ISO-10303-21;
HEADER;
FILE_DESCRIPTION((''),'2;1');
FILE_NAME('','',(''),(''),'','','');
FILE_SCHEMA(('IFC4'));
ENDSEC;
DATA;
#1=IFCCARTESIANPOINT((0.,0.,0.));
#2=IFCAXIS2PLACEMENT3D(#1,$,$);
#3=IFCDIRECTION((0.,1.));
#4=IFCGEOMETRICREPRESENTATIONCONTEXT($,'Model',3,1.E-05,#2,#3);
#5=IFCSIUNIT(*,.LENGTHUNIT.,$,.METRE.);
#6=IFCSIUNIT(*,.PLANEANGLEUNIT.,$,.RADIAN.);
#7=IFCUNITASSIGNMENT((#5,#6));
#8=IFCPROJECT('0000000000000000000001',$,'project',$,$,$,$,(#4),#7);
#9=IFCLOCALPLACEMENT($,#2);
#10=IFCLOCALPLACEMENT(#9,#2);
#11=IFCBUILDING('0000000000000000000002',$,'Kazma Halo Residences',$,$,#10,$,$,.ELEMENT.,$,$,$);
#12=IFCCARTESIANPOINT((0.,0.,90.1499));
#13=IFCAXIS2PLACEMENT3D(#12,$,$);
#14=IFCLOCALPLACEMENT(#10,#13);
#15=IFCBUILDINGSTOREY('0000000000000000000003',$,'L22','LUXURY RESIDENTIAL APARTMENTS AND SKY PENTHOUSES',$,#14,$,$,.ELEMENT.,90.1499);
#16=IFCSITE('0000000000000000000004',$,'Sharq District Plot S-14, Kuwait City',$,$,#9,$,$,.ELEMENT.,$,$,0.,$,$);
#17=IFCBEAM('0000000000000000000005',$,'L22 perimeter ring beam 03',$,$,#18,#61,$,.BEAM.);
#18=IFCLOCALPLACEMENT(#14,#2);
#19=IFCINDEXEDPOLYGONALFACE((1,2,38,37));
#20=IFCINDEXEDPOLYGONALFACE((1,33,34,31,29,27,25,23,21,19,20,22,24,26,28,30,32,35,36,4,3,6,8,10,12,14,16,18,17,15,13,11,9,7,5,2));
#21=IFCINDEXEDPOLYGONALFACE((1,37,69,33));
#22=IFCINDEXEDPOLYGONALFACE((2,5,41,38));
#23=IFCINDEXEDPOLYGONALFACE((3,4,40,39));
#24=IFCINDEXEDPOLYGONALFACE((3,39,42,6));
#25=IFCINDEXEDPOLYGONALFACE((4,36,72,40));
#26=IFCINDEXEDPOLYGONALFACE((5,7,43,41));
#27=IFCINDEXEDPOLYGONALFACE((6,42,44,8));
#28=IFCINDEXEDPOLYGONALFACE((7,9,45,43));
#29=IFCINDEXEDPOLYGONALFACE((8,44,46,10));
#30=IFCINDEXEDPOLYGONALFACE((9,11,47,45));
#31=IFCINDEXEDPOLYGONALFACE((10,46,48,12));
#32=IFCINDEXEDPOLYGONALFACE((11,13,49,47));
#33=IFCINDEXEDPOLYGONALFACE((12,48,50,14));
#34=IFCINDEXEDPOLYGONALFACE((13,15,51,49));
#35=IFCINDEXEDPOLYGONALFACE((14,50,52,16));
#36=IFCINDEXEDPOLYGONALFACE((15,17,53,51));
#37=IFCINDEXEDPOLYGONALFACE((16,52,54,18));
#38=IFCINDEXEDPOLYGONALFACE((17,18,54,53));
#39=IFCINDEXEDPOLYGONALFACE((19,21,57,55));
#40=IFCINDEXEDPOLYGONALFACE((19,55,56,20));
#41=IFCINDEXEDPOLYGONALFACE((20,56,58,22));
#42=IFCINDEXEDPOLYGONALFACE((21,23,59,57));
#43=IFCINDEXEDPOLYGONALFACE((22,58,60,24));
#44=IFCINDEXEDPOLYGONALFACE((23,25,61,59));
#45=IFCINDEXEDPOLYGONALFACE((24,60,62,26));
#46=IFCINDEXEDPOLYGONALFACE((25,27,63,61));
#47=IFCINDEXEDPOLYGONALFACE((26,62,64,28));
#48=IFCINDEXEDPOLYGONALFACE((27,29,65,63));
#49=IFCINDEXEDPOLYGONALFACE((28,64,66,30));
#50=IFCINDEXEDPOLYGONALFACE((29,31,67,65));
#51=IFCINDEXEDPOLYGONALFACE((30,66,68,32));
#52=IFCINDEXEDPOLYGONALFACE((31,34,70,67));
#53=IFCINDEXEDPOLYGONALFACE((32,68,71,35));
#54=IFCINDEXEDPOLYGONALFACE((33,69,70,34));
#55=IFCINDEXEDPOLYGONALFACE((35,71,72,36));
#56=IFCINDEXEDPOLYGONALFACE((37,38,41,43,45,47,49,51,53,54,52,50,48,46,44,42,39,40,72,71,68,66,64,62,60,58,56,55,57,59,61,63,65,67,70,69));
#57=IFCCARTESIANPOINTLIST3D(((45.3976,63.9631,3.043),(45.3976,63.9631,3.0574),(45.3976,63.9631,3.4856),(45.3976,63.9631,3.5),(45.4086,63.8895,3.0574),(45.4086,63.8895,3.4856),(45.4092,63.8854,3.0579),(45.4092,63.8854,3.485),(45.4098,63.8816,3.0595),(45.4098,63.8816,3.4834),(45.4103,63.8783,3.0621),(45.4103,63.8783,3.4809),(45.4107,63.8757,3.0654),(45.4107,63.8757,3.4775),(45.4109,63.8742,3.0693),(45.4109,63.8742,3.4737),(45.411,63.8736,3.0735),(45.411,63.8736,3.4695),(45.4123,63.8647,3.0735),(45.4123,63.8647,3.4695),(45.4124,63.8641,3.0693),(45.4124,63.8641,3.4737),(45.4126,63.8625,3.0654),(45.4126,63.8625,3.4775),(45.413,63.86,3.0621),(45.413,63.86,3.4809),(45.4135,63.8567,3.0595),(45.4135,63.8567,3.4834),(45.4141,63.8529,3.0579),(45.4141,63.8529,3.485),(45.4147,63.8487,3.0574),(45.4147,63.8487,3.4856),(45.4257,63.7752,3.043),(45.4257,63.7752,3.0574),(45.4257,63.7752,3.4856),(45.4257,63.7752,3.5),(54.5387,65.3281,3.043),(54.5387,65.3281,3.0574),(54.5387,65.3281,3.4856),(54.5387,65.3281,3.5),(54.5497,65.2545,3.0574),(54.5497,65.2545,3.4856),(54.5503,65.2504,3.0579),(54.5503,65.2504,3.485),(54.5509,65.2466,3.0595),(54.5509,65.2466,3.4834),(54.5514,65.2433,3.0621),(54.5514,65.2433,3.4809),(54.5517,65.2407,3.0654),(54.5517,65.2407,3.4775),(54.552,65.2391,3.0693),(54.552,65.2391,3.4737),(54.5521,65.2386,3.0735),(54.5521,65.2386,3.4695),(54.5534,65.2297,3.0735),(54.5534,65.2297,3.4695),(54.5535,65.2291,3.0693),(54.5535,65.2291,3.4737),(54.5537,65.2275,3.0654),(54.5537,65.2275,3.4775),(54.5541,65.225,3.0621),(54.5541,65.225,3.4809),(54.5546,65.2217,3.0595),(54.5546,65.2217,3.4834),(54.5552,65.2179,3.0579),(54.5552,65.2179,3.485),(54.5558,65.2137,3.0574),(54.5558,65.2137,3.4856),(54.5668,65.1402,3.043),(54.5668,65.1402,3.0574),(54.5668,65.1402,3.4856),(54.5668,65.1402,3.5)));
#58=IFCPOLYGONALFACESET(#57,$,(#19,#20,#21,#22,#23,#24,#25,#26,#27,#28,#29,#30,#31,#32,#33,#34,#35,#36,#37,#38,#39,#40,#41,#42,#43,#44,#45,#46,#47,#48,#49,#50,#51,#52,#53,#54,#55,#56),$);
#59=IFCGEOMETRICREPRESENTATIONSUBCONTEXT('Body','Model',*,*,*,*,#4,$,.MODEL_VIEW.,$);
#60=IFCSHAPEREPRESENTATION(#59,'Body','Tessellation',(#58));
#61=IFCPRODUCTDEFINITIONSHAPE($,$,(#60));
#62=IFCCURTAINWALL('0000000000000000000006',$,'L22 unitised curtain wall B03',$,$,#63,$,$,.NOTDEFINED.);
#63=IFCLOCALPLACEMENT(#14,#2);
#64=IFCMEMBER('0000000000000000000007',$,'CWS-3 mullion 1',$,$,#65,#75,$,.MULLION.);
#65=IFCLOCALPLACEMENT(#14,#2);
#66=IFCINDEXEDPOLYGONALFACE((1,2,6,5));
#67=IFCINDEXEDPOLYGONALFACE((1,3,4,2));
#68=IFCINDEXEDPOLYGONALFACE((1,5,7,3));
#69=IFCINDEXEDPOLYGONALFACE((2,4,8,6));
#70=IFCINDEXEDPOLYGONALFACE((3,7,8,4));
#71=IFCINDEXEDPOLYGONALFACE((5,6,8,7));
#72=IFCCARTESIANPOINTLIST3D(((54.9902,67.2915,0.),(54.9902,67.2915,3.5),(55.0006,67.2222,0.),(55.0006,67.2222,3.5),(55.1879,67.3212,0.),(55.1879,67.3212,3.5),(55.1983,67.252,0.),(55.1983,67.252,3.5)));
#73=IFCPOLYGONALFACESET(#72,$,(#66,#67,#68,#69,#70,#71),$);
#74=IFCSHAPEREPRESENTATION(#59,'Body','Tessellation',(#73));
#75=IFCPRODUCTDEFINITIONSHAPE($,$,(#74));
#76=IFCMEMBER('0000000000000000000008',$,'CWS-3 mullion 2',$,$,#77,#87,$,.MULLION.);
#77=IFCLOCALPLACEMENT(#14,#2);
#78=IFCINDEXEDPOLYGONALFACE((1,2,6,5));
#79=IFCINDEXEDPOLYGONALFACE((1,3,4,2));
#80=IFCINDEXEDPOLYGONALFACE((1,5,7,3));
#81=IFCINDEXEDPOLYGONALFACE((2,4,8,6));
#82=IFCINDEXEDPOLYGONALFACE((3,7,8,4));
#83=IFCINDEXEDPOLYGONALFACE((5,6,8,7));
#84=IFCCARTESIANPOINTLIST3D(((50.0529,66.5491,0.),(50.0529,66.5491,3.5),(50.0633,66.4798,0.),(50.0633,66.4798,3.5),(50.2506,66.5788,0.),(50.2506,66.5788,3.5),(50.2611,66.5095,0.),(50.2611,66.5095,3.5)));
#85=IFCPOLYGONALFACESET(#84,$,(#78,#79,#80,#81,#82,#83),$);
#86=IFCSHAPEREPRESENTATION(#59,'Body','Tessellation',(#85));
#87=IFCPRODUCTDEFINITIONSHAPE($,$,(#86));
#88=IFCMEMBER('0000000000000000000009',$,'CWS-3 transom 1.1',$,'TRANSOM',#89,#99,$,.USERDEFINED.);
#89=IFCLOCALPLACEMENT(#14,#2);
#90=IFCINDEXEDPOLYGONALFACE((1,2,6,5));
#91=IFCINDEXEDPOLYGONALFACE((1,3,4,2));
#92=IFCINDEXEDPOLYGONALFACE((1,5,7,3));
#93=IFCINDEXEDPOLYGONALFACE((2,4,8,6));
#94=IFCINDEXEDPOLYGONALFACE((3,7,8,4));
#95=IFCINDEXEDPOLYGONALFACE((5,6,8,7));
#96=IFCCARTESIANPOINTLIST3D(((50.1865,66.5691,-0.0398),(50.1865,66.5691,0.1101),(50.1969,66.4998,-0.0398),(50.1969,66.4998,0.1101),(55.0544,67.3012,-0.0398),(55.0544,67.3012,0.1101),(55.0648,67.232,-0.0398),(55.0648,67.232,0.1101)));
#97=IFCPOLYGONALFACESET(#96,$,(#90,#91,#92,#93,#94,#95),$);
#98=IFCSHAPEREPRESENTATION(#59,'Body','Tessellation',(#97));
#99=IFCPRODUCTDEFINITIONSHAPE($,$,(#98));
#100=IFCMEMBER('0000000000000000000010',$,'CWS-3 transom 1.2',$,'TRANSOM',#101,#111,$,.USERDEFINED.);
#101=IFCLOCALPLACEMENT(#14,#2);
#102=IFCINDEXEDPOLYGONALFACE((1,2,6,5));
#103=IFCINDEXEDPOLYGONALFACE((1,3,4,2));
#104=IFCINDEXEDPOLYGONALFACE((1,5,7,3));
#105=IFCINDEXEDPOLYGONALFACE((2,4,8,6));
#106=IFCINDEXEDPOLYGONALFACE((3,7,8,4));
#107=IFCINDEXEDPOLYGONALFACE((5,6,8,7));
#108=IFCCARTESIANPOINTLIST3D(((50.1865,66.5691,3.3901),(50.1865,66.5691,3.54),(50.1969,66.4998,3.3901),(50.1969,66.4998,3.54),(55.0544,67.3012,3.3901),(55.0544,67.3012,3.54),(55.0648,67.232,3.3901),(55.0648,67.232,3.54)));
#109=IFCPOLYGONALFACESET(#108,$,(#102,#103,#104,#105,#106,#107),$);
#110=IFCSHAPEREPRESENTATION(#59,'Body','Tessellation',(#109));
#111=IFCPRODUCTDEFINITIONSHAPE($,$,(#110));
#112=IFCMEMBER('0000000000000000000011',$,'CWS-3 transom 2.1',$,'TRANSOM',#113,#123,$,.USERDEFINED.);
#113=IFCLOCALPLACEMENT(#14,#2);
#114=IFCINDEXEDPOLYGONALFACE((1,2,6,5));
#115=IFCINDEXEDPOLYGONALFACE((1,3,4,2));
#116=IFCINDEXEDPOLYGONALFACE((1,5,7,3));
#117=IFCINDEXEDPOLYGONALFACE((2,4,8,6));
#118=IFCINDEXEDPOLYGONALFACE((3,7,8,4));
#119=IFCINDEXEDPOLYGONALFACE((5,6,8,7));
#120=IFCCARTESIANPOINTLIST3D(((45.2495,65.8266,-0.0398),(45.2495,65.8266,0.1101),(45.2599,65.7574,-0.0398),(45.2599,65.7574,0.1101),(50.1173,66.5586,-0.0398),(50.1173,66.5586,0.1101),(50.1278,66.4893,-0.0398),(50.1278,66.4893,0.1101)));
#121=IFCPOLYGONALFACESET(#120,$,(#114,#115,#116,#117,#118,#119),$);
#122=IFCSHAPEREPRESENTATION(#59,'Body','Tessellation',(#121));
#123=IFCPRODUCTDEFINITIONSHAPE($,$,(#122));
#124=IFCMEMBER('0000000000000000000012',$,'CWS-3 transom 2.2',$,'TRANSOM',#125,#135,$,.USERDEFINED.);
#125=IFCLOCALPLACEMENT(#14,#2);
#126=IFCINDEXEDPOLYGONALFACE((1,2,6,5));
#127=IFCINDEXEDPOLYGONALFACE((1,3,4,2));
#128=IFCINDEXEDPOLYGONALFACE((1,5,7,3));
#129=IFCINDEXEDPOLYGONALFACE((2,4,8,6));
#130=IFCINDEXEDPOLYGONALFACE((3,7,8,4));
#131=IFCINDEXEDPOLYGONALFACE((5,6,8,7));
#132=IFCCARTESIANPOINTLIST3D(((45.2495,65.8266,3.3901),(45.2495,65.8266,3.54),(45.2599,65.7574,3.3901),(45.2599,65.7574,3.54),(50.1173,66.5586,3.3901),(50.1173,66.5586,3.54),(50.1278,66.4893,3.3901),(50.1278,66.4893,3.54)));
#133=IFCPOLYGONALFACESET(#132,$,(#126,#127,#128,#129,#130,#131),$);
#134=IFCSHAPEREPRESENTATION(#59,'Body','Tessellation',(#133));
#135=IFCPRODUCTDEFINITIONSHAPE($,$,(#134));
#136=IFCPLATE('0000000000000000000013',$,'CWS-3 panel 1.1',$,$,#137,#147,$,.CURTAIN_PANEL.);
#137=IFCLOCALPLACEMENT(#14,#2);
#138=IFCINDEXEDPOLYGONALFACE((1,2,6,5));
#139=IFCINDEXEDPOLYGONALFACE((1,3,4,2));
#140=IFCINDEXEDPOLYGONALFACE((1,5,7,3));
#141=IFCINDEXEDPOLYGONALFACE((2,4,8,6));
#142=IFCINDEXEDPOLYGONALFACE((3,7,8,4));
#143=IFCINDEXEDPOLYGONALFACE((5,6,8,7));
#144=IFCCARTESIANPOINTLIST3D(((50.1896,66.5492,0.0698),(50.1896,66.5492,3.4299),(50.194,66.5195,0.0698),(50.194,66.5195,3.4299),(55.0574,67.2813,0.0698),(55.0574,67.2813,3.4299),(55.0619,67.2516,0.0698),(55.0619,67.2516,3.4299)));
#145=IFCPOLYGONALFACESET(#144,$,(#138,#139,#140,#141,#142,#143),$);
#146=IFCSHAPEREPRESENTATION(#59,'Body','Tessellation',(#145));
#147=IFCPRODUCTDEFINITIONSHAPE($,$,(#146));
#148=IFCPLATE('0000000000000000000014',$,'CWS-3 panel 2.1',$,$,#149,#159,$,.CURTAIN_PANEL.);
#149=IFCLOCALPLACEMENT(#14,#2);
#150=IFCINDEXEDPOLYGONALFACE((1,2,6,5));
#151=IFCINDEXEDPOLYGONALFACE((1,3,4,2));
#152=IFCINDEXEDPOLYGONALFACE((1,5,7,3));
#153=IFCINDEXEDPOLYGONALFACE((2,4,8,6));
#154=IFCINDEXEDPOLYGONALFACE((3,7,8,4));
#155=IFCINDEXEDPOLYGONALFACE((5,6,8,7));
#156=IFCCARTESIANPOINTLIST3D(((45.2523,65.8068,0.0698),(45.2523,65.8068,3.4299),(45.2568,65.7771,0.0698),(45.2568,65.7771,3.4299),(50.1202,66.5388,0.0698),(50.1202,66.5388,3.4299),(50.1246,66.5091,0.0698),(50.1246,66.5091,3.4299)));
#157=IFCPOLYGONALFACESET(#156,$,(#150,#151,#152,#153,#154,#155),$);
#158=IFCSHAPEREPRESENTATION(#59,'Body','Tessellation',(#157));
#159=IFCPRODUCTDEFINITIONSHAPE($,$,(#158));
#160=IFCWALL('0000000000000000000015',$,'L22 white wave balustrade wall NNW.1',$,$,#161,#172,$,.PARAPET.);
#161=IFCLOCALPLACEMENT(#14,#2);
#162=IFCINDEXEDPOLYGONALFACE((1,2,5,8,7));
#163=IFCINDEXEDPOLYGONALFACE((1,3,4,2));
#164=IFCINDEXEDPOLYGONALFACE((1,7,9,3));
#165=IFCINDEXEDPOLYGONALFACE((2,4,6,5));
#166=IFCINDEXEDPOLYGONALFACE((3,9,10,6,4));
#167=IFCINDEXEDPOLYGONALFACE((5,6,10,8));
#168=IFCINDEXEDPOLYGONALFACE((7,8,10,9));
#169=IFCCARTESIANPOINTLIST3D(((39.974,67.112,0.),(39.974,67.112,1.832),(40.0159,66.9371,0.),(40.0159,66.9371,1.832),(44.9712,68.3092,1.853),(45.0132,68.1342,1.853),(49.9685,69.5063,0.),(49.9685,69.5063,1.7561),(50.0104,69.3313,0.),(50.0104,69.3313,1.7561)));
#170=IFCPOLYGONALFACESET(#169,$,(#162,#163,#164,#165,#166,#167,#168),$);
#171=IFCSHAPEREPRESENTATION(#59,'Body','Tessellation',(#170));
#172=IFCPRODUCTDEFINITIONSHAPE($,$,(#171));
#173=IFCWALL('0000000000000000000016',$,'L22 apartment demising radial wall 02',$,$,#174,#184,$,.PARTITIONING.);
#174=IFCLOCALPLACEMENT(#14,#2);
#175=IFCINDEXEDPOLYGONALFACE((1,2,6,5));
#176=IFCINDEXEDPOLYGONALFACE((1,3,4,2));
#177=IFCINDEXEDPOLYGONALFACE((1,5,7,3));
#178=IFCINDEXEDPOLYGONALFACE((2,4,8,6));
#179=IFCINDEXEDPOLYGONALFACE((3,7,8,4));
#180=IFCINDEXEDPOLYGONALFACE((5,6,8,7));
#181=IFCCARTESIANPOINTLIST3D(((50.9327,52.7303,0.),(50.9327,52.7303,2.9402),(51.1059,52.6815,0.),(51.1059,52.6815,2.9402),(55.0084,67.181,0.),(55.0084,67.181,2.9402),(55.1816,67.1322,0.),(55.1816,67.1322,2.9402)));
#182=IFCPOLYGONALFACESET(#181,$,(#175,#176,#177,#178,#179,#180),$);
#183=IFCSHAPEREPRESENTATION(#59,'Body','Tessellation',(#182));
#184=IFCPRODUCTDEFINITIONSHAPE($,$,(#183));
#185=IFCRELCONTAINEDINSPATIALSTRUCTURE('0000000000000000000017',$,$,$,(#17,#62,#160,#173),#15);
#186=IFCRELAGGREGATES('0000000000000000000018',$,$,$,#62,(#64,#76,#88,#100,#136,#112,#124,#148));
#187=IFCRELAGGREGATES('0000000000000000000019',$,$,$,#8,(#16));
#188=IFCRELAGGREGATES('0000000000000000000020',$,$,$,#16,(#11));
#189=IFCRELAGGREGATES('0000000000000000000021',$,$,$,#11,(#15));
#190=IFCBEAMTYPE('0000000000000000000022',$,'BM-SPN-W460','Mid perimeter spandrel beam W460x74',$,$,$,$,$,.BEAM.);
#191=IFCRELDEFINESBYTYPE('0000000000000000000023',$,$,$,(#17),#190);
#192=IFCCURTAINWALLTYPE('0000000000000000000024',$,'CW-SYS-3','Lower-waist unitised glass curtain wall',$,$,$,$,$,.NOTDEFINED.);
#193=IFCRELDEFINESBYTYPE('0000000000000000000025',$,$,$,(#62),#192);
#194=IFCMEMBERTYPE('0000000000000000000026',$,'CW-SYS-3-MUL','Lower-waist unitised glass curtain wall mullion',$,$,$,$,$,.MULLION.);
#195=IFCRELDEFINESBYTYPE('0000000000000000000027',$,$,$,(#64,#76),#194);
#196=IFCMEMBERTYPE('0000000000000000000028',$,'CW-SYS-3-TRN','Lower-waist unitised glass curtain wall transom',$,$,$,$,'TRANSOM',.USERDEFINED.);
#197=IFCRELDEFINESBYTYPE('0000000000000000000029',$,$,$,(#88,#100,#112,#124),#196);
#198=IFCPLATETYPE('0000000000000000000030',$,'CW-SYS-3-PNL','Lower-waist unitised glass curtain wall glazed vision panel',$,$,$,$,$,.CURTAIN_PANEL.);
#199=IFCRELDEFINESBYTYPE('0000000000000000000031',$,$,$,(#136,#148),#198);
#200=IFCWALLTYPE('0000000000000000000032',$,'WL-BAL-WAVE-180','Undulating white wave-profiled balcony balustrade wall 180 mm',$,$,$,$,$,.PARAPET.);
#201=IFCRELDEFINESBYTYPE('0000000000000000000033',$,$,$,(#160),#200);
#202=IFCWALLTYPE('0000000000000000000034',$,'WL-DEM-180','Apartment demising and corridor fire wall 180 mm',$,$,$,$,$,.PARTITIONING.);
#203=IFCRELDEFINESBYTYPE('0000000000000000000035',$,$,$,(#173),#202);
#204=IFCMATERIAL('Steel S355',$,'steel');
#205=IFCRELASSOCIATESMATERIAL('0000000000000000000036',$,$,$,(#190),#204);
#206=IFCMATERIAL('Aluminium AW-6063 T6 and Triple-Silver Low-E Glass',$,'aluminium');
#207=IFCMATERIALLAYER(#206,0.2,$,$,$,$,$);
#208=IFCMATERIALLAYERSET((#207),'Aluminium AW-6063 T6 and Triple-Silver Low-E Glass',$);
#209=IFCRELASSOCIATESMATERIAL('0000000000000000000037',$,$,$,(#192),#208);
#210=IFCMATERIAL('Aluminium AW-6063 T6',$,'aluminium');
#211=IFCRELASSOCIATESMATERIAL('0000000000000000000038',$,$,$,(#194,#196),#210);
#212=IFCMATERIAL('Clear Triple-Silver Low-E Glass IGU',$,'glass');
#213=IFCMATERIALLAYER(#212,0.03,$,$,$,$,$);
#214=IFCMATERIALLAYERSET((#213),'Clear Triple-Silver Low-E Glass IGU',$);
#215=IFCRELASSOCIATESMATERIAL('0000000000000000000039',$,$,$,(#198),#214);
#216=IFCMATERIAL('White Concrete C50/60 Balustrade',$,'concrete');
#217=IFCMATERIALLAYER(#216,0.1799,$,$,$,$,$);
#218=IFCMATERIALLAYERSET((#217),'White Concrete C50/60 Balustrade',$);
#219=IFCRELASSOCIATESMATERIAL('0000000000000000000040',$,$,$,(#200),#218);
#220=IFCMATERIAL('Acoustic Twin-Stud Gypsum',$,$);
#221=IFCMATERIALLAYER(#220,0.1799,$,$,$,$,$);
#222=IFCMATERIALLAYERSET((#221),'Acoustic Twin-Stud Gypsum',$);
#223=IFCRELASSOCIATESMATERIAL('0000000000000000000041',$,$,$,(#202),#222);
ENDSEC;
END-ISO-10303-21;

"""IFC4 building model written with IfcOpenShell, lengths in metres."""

from ifc_helpers import new_model, si_unit, direction, frame, frame_2d, origin, origin_2d, place, context, subcontext, project, spatial, polyline, rectangle, i_section, outline, extrude, material, layer, layer_set, material_profile, profile_set, type_object, element, aggregate, save


model = new_model("IFC4")

# Units and contexts
model_context = context("Model", 3, precision=1e-05, world=origin(), true_north=direction((0.0, 1.0)))
body_context = subcontext(model_context, "Body", "Model", "MODEL_VIEW")
ifc_project = project(units=[si_unit("LENGTHUNIT", "METRE"), si_unit("PLANEANGLEUNIT", "RADIAN")], contexts=[model_context])

# Site, building, storey
site_placement = place(None, origin())
site = spatial("IfcSite", under=ifc_project, at=site_placement, Name="Sharq District Plot S-14, Kuwait City", CompositionType="ELEMENT", RefElevation=0.0)
building_placement = place(site_placement, origin())
building = spatial("IfcBuilding", under=site, at=building_placement, Name="Kazma Halo Residences", CompositionType="ELEMENT")
storey_placement = place(building_placement, frame((0.0, 0.0, 90.1499)))
storey = spatial("IfcBuildingStorey", under=building, at=storey_placement, Name="L22", Description="LUXURY RESIDENTIAL APARTMENTS AND SKY PENTHOUSES", CompositionType="ELEMENT", Elevation=90.1499)

# Beam
ifc_material_1 = material(Name="Steel S355", Category="steel")
ifc_material_profile_1 = material_profile(ifc_material_1, i_section(OverallWidth=0.1899, OverallDepth=0.457, WebThickness=0.009, FlangeThickness=0.0144, FilletRadius=0.0161, at=origin_2d()), Name="W460x74")
ifc_profile_set_1 = profile_set([ifc_material_profile_1], Name="Steel S355")
beam_type_1 = type_object("IfcBeamType", Name="BM-SPN-W460", Description="Mid perimeter spandrel beam W460x74", PredefinedType="BEAM", material=ifc_profile_set_1)
beam_1_placement = place(storey_placement, frame((54.5527, 65.2341, 3.2715), z_axis=(-0.989034, -0.147687, 0.0), x_axis=(0.147687, -0.989034, 0.0)))
element("IfcBeam", 1, at=beam_1_placement, inside=storey, type_object=beam_type_1, Name="L22 perimeter ring beam 03", PredefinedType="BEAM", context=body_context, shape_type="SweptSolid", body=[
    extrude(i_section(OverallWidth=0.1899, OverallDepth=0.457, WebThickness=0.009, FlangeThickness=0.0144, FilletRadius=0.0161, at=origin_2d()), origin(), (0.0, 0.0, 1.0), 9.2424),
])

# Curtain wall, members, plates
ifc_material_2 = material(Name="Aluminium AW-6063 T6 and Triple-Silver Low-E Glass", Category="aluminium")
ifc_layer_1 = layer(ifc_material_2, 0.2)
ifc_layer_set_1 = layer_set([ifc_layer_1], Name="Aluminium AW-6063 T6 and Triple-Silver Low-E Glass")
curtain_wall_type = type_object("IfcCurtainWallType", Name="CW-SYS-3", Description="Lower-waist unitised glass curtain wall", PredefinedType="NOTDEFINED", material=ifc_layer_set_1)
curtain_wall_placement = place(storey_placement, origin())
curtain_wall = element("IfcCurtainWall", 2, at=curtain_wall_placement, inside=storey, type_object=curtain_wall_type, Name="L22 unitised curtain wall B03", PredefinedType="NOTDEFINED")
ifc_material_3 = material(Name="Aluminium AW-6063 T6", Category="aluminium")
ifc_material_profile_2 = material_profile(ifc_material_3, rectangle(XDim=0.0701, YDim=0.2, at=origin_2d()), Name="CWM-70x200")
ifc_profile_set_2 = profile_set([ifc_material_profile_2], Name="Aluminium AW-6063 T6")
member_type_1 = type_object("IfcMemberType", Name="CW-SYS-3-MUL", Description="Lower-waist unitised glass curtain wall mullion", PredefinedType="MULLION", material=ifc_profile_set_2)
member_1_placement = place(storey_placement, frame((55.0942, 67.2717, 0.0), z_axis=(0.0, 0.0, 1.0), x_axis=(0.148717, -0.98888, 0.0)))
member_1 = element("IfcMember", 3, at=member_1_placement, type_object=member_type_1, Name="CWS-3 mullion 1", PredefinedType="MULLION", context=body_context, shape_type="SweptSolid", body=[
    extrude(rectangle(XDim=0.0701, YDim=0.2, at=origin_2d()), origin(), (0.0, 0.0, 1.0), 3.5),
])
member_2_placement = place(storey_placement, frame((50.157, 66.5293, 0.0), z_axis=(0.0, 0.0, 1.0), x_axis=(0.148717, -0.98888, 0.0)))
member_2 = element("IfcMember", 4, at=member_2_placement, type_object=member_type_1, Name="CWS-3 mullion 2", PredefinedType="MULLION", context=body_context, shape_type="SweptSolid", body=[
    extrude(rectangle(XDim=0.0701, YDim=0.2, at=origin_2d()), origin(), (0.0, 0.0, 1.0), 3.5),
])
ifc_material_profile_3 = material_profile(ifc_material_3, rectangle(XDim=0.0701, YDim=0.1499, at=origin_2d()), Name="CWT-70x150")
ifc_profile_set_3 = profile_set([ifc_material_profile_3], Name="Aluminium AW-6063 T6")
member_type_2 = type_object("IfcMemberType", Name="CW-SYS-3-TRN", Description="Lower-waist unitised glass curtain wall transom", ElementType="TRANSOM", PredefinedType="USERDEFINED", material=ifc_profile_set_3)
member_3_placement = place(storey_placement, frame((55.0596, 67.2666, 0.0352), z_axis=(-0.988877, -0.148736, 0.0), x_axis=(0.148736, -0.988877, 0.0)))
member_3 = element("IfcMember", 5, at=member_3_placement, type_object=member_type_2, Name="CWS-3 transom 1.1", ObjectType="TRANSOM", PredefinedType="USERDEFINED", context=body_context, shape_type="SweptSolid", body=[
    extrude(rectangle(XDim=0.0701, YDim=0.1499, at=origin_2d()), origin(), (0.0, 0.0, 1.0), 4.9226),
])
member_4_placement = place(storey_placement, frame((55.0596, 67.2666, 3.4651), z_axis=(-0.988877, -0.148736, 0.0), x_axis=(0.148736, -0.988877, 0.0)))
member_4 = element("IfcMember", 6, at=member_4_placement, type_object=member_type_2, Name="CWS-3 transom 1.2", ObjectType="TRANSOM", PredefinedType="USERDEFINED", context=body_context, shape_type="SweptSolid", body=[
    extrude(rectangle(XDim=0.0701, YDim=0.1499, at=origin_2d()), origin(), (0.0, 0.0, 1.0), 4.9226),
])
member_5_placement = place(storey_placement, frame((50.1226, 66.5239, 0.0352), z_axis=(-0.988884, -0.148687, 0.0), x_axis=(0.148687, -0.988884, 0.0)))
member_5 = element("IfcMember", 7, at=member_5_placement, type_object=member_type_2, Name="CWS-3 transom 2.1", ObjectType="TRANSOM", PredefinedType="USERDEFINED", context=body_context, shape_type="SweptSolid", body=[
    extrude(rectangle(XDim=0.0701, YDim=0.1499, at=origin_2d()), origin(), (0.0, 0.0, 1.0), 4.9226),
])
member_6_placement = place(storey_placement, frame((50.1226, 66.5239, 3.4651), z_axis=(-0.988884, -0.148687, 0.0), x_axis=(0.148687, -0.988884, 0.0)))
member_6 = element("IfcMember", 8, at=member_6_placement, type_object=member_type_2, Name="CWS-3 transom 2.2", ObjectType="TRANSOM", PredefinedType="USERDEFINED", context=body_context, shape_type="SweptSolid", body=[
    extrude(rectangle(XDim=0.0701, YDim=0.1499, at=origin_2d()), origin(), (0.0, 0.0, 1.0), 4.9226),
])
ifc_material_4 = material(Name="Clear Triple-Silver Low-E Glass IGU", Category="glass")
ifc_layer_2 = layer(ifc_material_4, 0.03)
ifc_layer_set_2 = layer_set([ifc_layer_2], Name="Clear Triple-Silver Low-E Glass IGU")
plate_type = type_object("IfcPlateType", Name="CW-SYS-3-PNL", Description="Lower-waist unitised glass curtain wall glazed vision panel", PredefinedType="CURTAIN_PANEL", material=ifc_layer_set_2)
plate_1_placement = place(storey_placement, frame((52.6257, 66.9004, 0.0698), z_axis=(0.0, 0.0, 1.0), x_axis=(-0.98888, -0.148717, 0.0)))
plate_1 = element("IfcPlate", 9, at=plate_1_placement, type_object=plate_type, Name="CWS-3 panel 1.1", PredefinedType="CURTAIN_PANEL", context=body_context, shape_type="SweptSolid", body=[
    extrude(rectangle(XDim=4.9226, YDim=0.03, at=origin_2d()), origin(), (0.0, 0.0, 1.0), 3.3601),
])
plate_2_placement = place(storey_placement, frame((47.6885, 66.158, 0.0698), z_axis=(0.0, 0.0, 1.0), x_axis=(-0.98888, -0.148717, 0.0)))
plate_2 = element("IfcPlate", 10, at=plate_2_placement, type_object=plate_type, Name="CWS-3 panel 2.1", PredefinedType="CURTAIN_PANEL", context=body_context, shape_type="SweptSolid", body=[
    extrude(rectangle(XDim=4.9226, YDim=0.03, at=origin_2d()), origin(), (0.0, 0.0, 1.0), 3.3601),
])
aggregate(curtain_wall, [member_1, member_2, member_3, member_4, plate_1, member_5, member_6, plate_2])

# Walls
ifc_material_5 = material(Name="White Concrete C50/60 Balustrade", Category="concrete")
ifc_layer_3 = layer(ifc_material_5, 0.1799)
ifc_layer_set_3 = layer_set([ifc_layer_3], Name="White Concrete C50/60 Balustrade")
wall_type_1 = type_object("IfcWallType", Name="WL-BAL-WAVE-180", Description="Undulating white wave-profiled balcony balustrade wall 180 mm", PredefinedType="PARAPET", material=ifc_layer_set_3)
wall_1_placement = place(storey_placement, frame((49.9895, 69.4187, 0.0), z_axis=(0.0, 0.0, 1.0), x_axis=(-0.972485, -0.232966, 0.0)))
element("IfcWall", 11, at=wall_1_placement, inside=storey, type_object=wall_type_1, Name="L22 white wave balustrade wall NNW.1", PredefinedType="PARAPET", context=body_context, shape_type="SweptSolid", body=[
    extrude(outline(polyline([(0.0, 0.0), (10.2773, 0.0), (10.2773, 1.832), (5.1387, 1.853), (0.0, 1.7561), (0.0, 0.0)])), frame((0.0, 0.0898, 0.0), z_axis=(0.0, -1.0, 0.0), x_axis=(1.0, 0.0, 0.0)), (0.0, 0.0, 1.0), 0.1799),
])
ifc_material_6 = material(Name="Acoustic Twin-Stud Gypsum")
ifc_layer_4 = layer(ifc_material_6, 0.1799)
ifc_layer_set_4 = layer_set([ifc_layer_4], Name="Acoustic Twin-Stud Gypsum")
wall_type_2 = type_object("IfcWallType", Name="WL-DEM-180", Description="Apartment demising and corridor fire wall 180 mm", PredefinedType="PARTITIONING", material=ifc_layer_set_4)
wall_2_placement = place(storey_placement, frame((51.0193, 52.7058, 0.0), z_axis=(0.0, 0.0, 1.0), x_axis=(0.271451, 0.962452, 0.0)))
element("IfcWall", 12, at=wall_2_placement, inside=storey, type_object=wall_type_2, Name="L22 apartment demising radial wall 02", PredefinedType="PARTITIONING", context=body_context, shape_type="SweptSolid", body=[
    extrude(rectangle(XDim=15.0144, YDim=0.1799, at=frame_2d((7.5073, 0.0))), origin(), (0.0, 0.0, 1.0), 2.9402),
])

save(model, "model.ifc")
